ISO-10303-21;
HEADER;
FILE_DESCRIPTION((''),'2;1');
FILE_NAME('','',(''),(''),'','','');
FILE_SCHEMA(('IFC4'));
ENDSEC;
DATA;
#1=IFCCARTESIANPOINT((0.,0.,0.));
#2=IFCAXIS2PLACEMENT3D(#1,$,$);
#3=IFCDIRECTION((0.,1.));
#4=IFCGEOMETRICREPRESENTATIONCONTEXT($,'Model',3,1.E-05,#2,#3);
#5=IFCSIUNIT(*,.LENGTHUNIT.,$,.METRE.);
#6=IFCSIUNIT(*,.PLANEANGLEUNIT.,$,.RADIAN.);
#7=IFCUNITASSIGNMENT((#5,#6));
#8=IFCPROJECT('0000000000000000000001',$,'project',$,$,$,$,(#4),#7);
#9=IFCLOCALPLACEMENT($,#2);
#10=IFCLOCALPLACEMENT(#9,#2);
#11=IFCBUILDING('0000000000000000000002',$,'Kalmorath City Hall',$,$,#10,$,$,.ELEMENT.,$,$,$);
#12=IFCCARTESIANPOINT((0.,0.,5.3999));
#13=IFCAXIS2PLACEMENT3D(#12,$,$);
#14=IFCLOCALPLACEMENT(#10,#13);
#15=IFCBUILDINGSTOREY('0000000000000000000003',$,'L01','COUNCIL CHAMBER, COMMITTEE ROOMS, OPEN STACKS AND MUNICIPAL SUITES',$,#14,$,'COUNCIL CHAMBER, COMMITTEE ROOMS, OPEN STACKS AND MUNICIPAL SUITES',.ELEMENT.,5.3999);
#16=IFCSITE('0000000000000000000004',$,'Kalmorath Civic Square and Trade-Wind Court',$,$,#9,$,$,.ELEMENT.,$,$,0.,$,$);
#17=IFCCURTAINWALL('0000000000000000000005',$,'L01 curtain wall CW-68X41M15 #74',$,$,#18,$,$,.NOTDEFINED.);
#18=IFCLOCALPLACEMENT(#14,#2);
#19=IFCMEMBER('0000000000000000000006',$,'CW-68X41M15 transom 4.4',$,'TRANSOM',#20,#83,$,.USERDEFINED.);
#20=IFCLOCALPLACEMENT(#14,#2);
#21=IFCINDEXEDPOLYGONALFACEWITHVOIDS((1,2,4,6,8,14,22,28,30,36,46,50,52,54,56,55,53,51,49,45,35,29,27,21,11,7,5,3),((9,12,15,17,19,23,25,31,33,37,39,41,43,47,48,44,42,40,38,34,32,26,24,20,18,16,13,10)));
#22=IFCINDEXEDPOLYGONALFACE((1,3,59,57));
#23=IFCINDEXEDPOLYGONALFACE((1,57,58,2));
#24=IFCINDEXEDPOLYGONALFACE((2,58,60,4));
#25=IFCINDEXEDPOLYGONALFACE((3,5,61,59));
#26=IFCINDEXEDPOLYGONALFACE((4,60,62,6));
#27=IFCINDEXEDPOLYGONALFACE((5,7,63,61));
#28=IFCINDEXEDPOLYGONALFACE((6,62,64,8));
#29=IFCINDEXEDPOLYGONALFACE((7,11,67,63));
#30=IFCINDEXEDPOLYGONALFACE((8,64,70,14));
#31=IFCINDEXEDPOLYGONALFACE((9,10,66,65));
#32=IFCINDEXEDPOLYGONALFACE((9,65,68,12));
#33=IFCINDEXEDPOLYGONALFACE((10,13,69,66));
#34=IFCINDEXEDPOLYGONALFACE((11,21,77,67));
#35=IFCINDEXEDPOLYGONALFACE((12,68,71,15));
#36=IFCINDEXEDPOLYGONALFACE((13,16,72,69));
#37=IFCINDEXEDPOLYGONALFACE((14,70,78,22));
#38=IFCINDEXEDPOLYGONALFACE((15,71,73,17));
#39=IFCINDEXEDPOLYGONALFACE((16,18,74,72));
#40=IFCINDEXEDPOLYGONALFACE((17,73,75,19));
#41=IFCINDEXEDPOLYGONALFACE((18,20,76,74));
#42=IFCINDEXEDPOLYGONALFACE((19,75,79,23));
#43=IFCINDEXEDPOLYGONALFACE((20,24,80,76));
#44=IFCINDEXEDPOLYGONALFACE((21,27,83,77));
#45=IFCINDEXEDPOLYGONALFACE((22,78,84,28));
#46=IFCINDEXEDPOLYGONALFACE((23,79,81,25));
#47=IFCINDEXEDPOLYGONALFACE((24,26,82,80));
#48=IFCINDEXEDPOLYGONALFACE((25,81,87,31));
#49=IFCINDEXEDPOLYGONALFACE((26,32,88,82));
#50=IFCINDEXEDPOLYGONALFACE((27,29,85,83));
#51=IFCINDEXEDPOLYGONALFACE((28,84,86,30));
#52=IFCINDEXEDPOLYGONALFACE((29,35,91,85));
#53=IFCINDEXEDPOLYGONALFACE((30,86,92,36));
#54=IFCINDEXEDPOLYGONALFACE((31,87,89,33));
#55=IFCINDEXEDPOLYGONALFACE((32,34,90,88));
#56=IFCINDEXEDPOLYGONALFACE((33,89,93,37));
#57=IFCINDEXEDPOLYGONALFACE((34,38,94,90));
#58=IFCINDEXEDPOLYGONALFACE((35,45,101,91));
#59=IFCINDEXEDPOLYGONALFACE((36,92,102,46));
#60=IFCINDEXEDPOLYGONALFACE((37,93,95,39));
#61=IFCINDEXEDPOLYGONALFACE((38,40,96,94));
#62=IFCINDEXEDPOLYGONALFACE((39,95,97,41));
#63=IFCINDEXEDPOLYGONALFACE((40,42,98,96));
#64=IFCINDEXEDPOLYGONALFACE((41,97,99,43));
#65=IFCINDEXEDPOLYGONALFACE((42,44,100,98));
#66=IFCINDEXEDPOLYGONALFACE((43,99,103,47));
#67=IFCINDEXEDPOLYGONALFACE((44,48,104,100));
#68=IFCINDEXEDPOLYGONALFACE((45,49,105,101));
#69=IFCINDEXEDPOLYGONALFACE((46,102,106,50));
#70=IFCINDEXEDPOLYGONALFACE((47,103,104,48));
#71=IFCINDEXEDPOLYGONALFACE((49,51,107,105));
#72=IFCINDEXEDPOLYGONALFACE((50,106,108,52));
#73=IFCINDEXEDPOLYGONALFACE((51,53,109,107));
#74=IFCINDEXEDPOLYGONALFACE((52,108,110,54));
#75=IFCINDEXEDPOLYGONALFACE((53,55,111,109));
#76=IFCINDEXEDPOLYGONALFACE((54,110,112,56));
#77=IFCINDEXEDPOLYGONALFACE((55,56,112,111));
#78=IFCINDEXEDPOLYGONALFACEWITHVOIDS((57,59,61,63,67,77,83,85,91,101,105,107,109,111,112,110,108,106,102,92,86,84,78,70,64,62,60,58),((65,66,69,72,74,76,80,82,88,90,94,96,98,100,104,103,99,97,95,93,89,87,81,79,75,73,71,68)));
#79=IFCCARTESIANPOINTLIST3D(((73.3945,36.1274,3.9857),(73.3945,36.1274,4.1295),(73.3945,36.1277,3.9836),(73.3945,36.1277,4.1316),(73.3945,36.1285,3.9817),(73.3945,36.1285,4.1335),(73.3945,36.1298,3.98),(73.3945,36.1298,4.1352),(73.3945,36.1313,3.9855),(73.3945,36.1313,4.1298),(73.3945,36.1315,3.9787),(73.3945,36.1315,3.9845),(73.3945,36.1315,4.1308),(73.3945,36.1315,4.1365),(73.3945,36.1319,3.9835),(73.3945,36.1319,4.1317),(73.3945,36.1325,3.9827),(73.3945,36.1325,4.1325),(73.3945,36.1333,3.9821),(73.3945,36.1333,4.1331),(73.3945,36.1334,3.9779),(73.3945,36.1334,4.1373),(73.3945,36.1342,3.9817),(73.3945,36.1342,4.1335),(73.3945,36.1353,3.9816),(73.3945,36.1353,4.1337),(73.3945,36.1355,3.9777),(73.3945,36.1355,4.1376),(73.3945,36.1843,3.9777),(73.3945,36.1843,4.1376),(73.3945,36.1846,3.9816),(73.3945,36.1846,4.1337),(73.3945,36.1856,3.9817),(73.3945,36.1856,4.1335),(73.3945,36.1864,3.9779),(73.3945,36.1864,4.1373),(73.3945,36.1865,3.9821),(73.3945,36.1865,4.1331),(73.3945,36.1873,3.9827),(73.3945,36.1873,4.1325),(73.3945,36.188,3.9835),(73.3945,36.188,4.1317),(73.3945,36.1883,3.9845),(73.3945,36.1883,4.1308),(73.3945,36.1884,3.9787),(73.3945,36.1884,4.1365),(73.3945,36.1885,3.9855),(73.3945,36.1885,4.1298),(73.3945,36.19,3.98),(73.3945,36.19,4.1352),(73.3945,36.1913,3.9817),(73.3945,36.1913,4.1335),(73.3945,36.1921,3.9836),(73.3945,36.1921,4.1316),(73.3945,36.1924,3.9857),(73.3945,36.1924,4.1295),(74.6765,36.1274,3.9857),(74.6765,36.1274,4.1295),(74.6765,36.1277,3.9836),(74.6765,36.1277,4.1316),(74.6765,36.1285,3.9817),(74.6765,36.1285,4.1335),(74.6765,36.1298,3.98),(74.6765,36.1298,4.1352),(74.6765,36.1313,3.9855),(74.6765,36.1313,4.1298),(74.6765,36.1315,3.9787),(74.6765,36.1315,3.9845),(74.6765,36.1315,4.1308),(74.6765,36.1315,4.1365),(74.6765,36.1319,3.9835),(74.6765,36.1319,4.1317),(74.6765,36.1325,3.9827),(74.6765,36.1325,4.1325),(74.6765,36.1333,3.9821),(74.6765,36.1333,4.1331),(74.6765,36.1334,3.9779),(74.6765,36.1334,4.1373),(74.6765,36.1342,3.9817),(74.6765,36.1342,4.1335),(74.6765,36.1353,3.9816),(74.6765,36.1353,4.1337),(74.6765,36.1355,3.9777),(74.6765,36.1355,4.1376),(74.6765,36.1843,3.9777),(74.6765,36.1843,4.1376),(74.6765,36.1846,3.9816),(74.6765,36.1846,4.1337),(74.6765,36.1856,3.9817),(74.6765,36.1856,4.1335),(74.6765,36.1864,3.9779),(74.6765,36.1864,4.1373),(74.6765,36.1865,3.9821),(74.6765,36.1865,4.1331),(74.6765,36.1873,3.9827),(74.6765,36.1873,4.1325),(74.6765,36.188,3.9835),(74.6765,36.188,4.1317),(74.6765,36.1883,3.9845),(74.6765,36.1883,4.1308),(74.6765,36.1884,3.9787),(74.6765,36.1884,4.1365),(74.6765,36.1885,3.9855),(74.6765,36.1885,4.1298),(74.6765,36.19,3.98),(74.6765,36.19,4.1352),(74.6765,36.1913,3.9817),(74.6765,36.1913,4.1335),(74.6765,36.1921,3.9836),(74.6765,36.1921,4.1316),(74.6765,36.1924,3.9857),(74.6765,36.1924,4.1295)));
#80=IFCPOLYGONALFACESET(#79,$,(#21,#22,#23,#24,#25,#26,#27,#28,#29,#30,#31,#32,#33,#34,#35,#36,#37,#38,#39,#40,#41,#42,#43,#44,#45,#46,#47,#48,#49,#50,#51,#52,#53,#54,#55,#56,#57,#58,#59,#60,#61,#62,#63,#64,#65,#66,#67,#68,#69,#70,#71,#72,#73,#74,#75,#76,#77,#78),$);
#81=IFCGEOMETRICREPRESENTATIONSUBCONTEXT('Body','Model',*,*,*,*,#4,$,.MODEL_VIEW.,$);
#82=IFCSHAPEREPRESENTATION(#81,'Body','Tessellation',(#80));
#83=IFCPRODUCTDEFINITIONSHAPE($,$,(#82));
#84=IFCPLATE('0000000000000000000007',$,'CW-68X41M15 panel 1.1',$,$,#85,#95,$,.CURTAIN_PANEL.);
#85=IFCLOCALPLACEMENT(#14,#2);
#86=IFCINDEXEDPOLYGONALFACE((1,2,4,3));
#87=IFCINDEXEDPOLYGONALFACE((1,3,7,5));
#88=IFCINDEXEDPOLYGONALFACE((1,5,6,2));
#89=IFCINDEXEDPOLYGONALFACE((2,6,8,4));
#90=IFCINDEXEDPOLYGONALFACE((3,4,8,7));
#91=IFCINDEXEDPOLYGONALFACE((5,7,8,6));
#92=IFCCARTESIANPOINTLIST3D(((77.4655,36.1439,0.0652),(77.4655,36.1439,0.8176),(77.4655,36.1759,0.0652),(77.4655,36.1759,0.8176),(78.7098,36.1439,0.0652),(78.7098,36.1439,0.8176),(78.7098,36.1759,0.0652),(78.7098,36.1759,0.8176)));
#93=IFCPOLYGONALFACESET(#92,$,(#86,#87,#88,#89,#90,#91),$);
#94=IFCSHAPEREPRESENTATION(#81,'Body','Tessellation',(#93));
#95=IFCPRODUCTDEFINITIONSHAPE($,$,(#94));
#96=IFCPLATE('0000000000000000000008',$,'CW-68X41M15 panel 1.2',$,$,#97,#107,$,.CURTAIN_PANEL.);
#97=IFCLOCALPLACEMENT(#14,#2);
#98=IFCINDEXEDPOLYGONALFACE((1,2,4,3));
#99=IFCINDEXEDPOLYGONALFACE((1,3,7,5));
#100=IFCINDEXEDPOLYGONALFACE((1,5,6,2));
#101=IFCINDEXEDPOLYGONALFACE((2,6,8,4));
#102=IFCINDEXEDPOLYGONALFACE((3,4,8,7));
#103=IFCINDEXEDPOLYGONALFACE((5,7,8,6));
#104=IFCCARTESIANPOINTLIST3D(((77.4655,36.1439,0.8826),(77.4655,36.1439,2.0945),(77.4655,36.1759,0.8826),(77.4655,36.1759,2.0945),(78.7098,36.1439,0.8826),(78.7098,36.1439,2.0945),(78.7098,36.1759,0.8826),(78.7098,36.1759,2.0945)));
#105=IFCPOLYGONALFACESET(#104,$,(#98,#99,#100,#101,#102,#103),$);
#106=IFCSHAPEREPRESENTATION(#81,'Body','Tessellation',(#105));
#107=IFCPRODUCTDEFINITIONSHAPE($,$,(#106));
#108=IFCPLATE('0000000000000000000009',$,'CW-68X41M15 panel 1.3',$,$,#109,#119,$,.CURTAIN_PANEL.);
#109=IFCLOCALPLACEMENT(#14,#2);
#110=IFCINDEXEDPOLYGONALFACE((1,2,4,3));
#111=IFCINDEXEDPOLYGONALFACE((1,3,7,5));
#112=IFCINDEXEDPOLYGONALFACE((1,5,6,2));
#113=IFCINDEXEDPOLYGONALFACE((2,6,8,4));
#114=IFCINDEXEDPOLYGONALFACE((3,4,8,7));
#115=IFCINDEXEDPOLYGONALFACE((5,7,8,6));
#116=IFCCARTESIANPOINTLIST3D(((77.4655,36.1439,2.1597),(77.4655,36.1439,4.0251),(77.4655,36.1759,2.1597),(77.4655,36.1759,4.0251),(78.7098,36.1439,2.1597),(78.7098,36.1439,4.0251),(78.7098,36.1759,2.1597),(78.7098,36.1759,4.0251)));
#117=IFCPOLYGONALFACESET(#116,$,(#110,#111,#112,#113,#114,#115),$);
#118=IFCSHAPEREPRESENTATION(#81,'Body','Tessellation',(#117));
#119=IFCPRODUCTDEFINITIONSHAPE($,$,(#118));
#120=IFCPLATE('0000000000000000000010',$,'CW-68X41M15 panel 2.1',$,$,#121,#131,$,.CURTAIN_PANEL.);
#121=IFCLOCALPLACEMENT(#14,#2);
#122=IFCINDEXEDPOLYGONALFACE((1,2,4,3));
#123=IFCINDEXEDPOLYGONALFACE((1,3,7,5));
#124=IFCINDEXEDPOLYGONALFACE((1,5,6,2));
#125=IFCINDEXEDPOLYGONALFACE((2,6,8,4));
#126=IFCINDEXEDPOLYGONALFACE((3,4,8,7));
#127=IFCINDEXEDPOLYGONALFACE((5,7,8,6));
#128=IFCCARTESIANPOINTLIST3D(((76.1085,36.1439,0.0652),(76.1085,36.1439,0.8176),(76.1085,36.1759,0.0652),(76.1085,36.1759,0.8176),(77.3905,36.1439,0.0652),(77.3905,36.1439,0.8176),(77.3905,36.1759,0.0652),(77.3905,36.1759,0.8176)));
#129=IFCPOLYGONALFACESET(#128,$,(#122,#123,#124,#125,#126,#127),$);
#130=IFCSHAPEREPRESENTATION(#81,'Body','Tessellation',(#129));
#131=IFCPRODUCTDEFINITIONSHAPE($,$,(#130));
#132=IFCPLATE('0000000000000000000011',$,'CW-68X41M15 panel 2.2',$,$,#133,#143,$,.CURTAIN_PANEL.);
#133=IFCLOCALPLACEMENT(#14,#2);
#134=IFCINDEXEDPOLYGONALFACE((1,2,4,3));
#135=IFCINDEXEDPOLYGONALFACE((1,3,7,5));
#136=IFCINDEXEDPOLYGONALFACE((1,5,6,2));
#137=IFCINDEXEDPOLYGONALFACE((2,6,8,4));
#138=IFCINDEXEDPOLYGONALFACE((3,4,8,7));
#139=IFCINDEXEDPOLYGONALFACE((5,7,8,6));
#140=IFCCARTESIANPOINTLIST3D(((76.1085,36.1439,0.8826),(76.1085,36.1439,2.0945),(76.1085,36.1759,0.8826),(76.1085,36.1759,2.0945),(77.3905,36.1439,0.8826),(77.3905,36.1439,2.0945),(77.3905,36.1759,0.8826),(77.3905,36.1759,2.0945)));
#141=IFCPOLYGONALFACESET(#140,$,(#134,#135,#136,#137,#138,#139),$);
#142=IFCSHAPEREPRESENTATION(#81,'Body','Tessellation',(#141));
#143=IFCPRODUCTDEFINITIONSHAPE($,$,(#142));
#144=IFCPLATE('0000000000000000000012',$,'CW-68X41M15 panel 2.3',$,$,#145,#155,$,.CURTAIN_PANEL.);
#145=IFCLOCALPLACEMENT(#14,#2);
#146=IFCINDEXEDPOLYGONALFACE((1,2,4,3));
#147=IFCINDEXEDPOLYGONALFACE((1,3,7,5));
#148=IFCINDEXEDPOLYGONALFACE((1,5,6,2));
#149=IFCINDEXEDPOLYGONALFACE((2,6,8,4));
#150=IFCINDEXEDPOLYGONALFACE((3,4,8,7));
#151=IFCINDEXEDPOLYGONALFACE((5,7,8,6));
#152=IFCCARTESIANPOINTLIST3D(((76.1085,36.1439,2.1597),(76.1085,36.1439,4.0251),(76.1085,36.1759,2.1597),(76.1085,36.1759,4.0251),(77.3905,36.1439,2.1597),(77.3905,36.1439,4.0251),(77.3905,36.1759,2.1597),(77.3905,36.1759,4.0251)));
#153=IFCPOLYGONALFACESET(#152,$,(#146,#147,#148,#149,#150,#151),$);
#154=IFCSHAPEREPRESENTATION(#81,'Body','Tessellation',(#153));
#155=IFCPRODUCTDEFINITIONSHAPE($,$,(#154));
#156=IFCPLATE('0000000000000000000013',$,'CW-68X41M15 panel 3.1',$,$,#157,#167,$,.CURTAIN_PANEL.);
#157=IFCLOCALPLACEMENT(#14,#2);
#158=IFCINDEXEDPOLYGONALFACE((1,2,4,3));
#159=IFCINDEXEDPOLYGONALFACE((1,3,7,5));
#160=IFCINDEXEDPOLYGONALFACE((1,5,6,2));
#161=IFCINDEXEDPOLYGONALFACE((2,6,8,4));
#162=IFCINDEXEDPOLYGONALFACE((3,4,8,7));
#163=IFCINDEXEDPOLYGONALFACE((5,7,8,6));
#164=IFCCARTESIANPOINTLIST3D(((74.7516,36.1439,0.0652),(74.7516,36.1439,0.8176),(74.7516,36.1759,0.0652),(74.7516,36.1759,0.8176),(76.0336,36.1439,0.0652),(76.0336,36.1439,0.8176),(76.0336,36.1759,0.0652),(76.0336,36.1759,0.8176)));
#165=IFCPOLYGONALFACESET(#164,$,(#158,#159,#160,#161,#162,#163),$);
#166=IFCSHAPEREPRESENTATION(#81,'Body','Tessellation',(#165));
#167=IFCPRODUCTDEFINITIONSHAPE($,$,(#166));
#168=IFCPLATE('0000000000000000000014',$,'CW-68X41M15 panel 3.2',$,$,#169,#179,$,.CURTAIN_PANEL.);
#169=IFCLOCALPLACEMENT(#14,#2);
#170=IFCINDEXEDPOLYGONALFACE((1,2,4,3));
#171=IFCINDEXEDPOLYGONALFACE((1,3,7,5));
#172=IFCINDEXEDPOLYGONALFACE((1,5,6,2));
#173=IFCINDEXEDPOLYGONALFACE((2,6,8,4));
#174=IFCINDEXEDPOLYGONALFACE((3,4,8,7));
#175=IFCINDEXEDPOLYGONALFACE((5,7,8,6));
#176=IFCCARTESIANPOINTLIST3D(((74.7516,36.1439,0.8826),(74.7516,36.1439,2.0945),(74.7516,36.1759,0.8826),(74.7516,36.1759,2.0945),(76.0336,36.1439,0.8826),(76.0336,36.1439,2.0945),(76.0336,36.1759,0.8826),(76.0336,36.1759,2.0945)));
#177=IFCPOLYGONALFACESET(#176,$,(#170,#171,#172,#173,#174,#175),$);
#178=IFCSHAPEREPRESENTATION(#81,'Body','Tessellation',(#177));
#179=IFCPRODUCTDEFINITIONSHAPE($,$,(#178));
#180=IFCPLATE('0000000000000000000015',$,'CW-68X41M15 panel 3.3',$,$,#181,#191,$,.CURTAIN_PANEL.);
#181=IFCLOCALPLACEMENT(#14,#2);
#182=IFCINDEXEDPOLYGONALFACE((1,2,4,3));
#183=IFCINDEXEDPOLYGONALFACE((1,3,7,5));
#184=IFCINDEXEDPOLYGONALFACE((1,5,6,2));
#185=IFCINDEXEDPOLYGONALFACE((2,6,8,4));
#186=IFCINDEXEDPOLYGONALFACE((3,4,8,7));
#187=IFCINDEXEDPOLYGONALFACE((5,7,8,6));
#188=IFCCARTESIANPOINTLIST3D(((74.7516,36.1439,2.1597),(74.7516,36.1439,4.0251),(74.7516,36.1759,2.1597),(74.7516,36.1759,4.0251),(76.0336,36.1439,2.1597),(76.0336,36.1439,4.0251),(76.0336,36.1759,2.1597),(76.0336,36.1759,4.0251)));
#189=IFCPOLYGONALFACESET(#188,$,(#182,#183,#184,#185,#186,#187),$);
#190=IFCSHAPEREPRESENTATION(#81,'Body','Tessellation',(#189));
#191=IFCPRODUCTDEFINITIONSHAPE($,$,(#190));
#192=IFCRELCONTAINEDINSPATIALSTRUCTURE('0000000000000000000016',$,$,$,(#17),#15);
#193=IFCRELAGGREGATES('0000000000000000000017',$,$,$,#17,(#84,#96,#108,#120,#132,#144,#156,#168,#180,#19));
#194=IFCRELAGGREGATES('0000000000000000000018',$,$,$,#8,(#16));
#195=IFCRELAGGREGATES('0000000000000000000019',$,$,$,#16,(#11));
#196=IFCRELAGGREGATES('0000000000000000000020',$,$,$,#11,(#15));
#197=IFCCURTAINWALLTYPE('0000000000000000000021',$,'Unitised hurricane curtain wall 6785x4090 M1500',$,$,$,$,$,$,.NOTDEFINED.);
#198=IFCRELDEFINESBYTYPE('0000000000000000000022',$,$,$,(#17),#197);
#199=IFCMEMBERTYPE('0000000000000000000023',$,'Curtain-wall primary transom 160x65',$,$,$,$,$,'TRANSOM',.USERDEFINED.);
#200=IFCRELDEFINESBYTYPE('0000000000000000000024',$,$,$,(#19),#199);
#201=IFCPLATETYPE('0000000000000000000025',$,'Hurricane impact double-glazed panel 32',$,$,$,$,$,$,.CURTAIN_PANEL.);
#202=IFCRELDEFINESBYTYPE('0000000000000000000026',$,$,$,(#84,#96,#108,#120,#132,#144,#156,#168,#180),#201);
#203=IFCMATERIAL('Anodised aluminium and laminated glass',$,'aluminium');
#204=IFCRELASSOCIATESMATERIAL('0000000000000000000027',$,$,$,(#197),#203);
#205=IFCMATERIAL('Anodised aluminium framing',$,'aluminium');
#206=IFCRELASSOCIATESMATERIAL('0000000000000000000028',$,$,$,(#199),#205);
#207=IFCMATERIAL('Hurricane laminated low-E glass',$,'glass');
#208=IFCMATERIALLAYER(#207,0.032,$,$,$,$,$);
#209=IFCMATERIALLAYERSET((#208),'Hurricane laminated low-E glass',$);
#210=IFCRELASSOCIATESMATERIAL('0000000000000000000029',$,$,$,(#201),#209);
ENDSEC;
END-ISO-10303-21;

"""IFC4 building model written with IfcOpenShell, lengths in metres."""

from ifc_helpers import new_model, si_unit, direction, frame, origin, origin_2d, place, context, subcontext, project, spatial, rectangle, hollow_rectangle, extrude, material, layer, layer_set, material_profile, profile_set, type_object, element, aggregate, save


model = new_model("IFC4")

# Units and contexts
model_context = context("Model", 3, precision=1e-05, world=origin(), true_north=direction((0.0, 1.0)))
body_context = subcontext(model_context, "Body", "Model", "MODEL_VIEW")
ifc_project = project(units=[si_unit("LENGTHUNIT", "METRE"), si_unit("PLANEANGLEUNIT", "RADIAN")], contexts=[model_context])

# Site, building, storey
site_placement = place(None, origin())
site = spatial("IfcSite", under=ifc_project, at=site_placement, Name="Kalmorath Civic Square and Trade-Wind Court", CompositionType="ELEMENT", RefElevation=0.0)
building_placement = place(site_placement, origin())
building = spatial("IfcBuilding", under=site, at=building_placement, Name="Kalmorath City Hall", CompositionType="ELEMENT")
storey_placement = place(building_placement, frame((0.0, 0.0, 5.3999)))
storey = spatial("IfcBuildingStorey", under=building, at=storey_placement, Name="L01", Description="COUNCIL CHAMBER, COMMITTEE ROOMS, OPEN STACKS AND MUNICIPAL SUITES", LongName="COUNCIL CHAMBER, COMMITTEE ROOMS, OPEN STACKS AND MUNICIPAL SUITES", CompositionType="ELEMENT", Elevation=5.3999)

# Curtain wall, member, plates
ifc_material_1 = material(Name="Anodised aluminium and laminated glass", Category="aluminium")
curtain_wall_type = type_object("IfcCurtainWallType", Name="Unitised hurricane curtain wall 6785x4090 M1500", PredefinedType="NOTDEFINED", material=ifc_material_1)
curtain_wall_placement = place(storey_placement, origin())
curtain_wall = element("IfcCurtainWall", 1, at=curtain_wall_placement, inside=storey, type_object=curtain_wall_type, Name="L01 curtain wall CW-68X41M15 #74", PredefinedType="NOTDEFINED")
ifc_material_2 = material(Name="Anodised aluminium framing", Category="aluminium")
ifc_material_profile_1 = material_profile(ifc_material_2, hollow_rectangle(XDim=0.0649, YDim=0.1599, WallThickness=0.0039, InnerFilletRadius=0.0039, OuterFilletRadius=0.0081, at=origin_2d()), Name="ALU-TRN-160X65X4")
ifc_profile_set_1 = profile_set([ifc_material_profile_1], Name="Anodised aluminium framing")
member_type_1 = type_object("IfcMemberType", Name="Curtain-wall primary transom 160x65", ElementType="TRANSOM", PredefinedType="USERDEFINED", material=ifc_profile_set_1)
member_1_placement = place(storey_placement, frame((74.6765, 36.1599, 4.0576), z_axis=(-1.0, 0.0, 0.0), x_axis=(0.0, -1.0, 0.0)))
member_1 = element("IfcMember", 2, at=member_1_placement, type_object=member_type_1, Name="CW-68X41M15 transom 4.4", ObjectType="TRANSOM", PredefinedType="USERDEFINED", context=body_context, shape_type="SweptSolid", body=[
    extrude(hollow_rectangle(XDim=0.0649, YDim=0.1599, WallThickness=0.0039, InnerFilletRadius=0.0039, OuterFilletRadius=0.0081, at=origin_2d()), origin(), (0.0, 0.0, 1.0), 1.282),
])
ifc_material_3 = material(Name="Hurricane laminated low-E glass", Category="glass")
ifc_layer = layer(ifc_material_3, 0.032)
ifc_layer_set = layer_set([ifc_layer], Name="Hurricane laminated low-E glass")
plate_type = type_object("IfcPlateType", Name="Hurricane impact double-glazed panel 32", PredefinedType="CURTAIN_PANEL", material=ifc_layer_set)
plate_1_placement = place(storey_placement, frame((78.0876, 36.1599, 0.0652), z_axis=(0.0, 0.0, 1.0), x_axis=(-1.0, 0.0, 0.0)))
plate_1 = element("IfcPlate", 3, at=plate_1_placement, type_object=plate_type, Name="CW-68X41M15 panel 1.1", PredefinedType="CURTAIN_PANEL", context=body_context, shape_type="SweptSolid", body=[
    extrude(rectangle(XDim=1.2444, YDim=0.032, at=origin_2d()), origin(), (0.0, 0.0, 1.0), 0.7524),
])
plate_2_placement = place(storey_placement, frame((78.0876, 36.1599, 0.8826), z_axis=(0.0, 0.0, 1.0), x_axis=(-1.0, 0.0, 0.0)))
plate_2 = element("IfcPlate", 4, at=plate_2_placement, type_object=plate_type, Name="CW-68X41M15 panel 1.2", PredefinedType="CURTAIN_PANEL", context=body_context, shape_type="SweptSolid", body=[
    extrude(rectangle(XDim=1.2444, YDim=0.032, at=origin_2d()), origin(), (0.0, 0.0, 1.0), 1.2119),
])
plate_3_placement = place(storey_placement, frame((78.0876, 36.1599, 2.1597), z_axis=(0.0, 0.0, 1.0), x_axis=(-1.0, 0.0, 0.0)))
plate_3 = element("IfcPlate", 5, at=plate_3_placement, type_object=plate_type, Name="CW-68X41M15 panel 1.3", PredefinedType="CURTAIN_PANEL", context=body_context, shape_type="SweptSolid", body=[
    extrude(rectangle(XDim=1.2444, YDim=0.032, at=origin_2d()), origin(), (0.0, 0.0, 1.0), 1.8655),
])
plate_4_placement = place(storey_placement, frame((76.7495, 36.1599, 0.0652), z_axis=(0.0, 0.0, 1.0), x_axis=(-1.0, 0.0, 0.0)))
plate_4 = element("IfcPlate", 6, at=plate_4_placement, type_object=plate_type, Name="CW-68X41M15 panel 2.1", PredefinedType="CURTAIN_PANEL", context=body_context, shape_type="SweptSolid", body=[
    extrude(rectangle(XDim=1.282, YDim=0.032, at=origin_2d()), origin(), (0.0, 0.0, 1.0), 0.7524),
])
plate_5_placement = place(storey_placement, frame((76.7495, 36.1599, 0.8826), z_axis=(0.0, 0.0, 1.0), x_axis=(-1.0, 0.0, 0.0)))
plate_5 = element("IfcPlate", 7, at=plate_5_placement, type_object=plate_type, Name="CW-68X41M15 panel 2.2", PredefinedType="CURTAIN_PANEL", context=body_context, shape_type="SweptSolid", body=[
    extrude(rectangle(XDim=1.282, YDim=0.032, at=origin_2d()), origin(), (0.0, 0.0, 1.0), 1.2119),
])
plate_6_placement = place(storey_placement, frame((76.7495, 36.1599, 2.1597), z_axis=(0.0, 0.0, 1.0), x_axis=(-1.0, 0.0, 0.0)))
plate_6 = element("IfcPlate", 8, at=plate_6_placement, type_object=plate_type, Name="CW-68X41M15 panel 2.3", PredefinedType="CURTAIN_PANEL", context=body_context, shape_type="SweptSolid", body=[
    extrude(rectangle(XDim=1.282, YDim=0.032, at=origin_2d()), origin(), (0.0, 0.0, 1.0), 1.8655),
])
plate_7_placement = place(storey_placement, frame((75.3926, 36.1599, 0.0652), z_axis=(0.0, 0.0, 1.0), x_axis=(-1.0, 0.0, 0.0)))
plate_7 = element("IfcPlate", 9, at=plate_7_placement, type_object=plate_type, Name="CW-68X41M15 panel 3.1", PredefinedType="CURTAIN_PANEL", context=body_context, shape_type="SweptSolid", body=[
    extrude(rectangle(XDim=1.282, YDim=0.032, at=origin_2d()), origin(), (0.0, 0.0, 1.0), 0.7524),
])
plate_8_placement = place(storey_placement, frame((75.3926, 36.1599, 0.8826), z_axis=(0.0, 0.0, 1.0), x_axis=(-1.0, 0.0, 0.0)))
plate_8 = element("IfcPlate", 10, at=plate_8_placement, type_object=plate_type, Name="CW-68X41M15 panel 3.2", PredefinedType="CURTAIN_PANEL", context=body_context, shape_type="SweptSolid", body=[
    extrude(rectangle(XDim=1.282, YDim=0.032, at=origin_2d()), origin(), (0.0, 0.0, 1.0), 1.2119),
])
plate_9_placement = place(storey_placement, frame((75.3926, 36.1599, 2.1597), z_axis=(0.0, 0.0, 1.0), x_axis=(-1.0, 0.0, 0.0)))
plate_9 = element("IfcPlate", 11, at=plate_9_placement, type_object=plate_type, Name="CW-68X41M15 panel 3.3", PredefinedType="CURTAIN_PANEL", context=body_context, shape_type="SweptSolid", body=[
    extrude(rectangle(XDim=1.282, YDim=0.032, at=origin_2d()), origin(), (0.0, 0.0, 1.0), 1.8655),
])
aggregate(curtain_wall, [plate_1, plate_2, plate_3, plate_4, plate_5, plate_6, plate_7, plate_8, plate_9, member_1])

save(model, "model.ifc")
